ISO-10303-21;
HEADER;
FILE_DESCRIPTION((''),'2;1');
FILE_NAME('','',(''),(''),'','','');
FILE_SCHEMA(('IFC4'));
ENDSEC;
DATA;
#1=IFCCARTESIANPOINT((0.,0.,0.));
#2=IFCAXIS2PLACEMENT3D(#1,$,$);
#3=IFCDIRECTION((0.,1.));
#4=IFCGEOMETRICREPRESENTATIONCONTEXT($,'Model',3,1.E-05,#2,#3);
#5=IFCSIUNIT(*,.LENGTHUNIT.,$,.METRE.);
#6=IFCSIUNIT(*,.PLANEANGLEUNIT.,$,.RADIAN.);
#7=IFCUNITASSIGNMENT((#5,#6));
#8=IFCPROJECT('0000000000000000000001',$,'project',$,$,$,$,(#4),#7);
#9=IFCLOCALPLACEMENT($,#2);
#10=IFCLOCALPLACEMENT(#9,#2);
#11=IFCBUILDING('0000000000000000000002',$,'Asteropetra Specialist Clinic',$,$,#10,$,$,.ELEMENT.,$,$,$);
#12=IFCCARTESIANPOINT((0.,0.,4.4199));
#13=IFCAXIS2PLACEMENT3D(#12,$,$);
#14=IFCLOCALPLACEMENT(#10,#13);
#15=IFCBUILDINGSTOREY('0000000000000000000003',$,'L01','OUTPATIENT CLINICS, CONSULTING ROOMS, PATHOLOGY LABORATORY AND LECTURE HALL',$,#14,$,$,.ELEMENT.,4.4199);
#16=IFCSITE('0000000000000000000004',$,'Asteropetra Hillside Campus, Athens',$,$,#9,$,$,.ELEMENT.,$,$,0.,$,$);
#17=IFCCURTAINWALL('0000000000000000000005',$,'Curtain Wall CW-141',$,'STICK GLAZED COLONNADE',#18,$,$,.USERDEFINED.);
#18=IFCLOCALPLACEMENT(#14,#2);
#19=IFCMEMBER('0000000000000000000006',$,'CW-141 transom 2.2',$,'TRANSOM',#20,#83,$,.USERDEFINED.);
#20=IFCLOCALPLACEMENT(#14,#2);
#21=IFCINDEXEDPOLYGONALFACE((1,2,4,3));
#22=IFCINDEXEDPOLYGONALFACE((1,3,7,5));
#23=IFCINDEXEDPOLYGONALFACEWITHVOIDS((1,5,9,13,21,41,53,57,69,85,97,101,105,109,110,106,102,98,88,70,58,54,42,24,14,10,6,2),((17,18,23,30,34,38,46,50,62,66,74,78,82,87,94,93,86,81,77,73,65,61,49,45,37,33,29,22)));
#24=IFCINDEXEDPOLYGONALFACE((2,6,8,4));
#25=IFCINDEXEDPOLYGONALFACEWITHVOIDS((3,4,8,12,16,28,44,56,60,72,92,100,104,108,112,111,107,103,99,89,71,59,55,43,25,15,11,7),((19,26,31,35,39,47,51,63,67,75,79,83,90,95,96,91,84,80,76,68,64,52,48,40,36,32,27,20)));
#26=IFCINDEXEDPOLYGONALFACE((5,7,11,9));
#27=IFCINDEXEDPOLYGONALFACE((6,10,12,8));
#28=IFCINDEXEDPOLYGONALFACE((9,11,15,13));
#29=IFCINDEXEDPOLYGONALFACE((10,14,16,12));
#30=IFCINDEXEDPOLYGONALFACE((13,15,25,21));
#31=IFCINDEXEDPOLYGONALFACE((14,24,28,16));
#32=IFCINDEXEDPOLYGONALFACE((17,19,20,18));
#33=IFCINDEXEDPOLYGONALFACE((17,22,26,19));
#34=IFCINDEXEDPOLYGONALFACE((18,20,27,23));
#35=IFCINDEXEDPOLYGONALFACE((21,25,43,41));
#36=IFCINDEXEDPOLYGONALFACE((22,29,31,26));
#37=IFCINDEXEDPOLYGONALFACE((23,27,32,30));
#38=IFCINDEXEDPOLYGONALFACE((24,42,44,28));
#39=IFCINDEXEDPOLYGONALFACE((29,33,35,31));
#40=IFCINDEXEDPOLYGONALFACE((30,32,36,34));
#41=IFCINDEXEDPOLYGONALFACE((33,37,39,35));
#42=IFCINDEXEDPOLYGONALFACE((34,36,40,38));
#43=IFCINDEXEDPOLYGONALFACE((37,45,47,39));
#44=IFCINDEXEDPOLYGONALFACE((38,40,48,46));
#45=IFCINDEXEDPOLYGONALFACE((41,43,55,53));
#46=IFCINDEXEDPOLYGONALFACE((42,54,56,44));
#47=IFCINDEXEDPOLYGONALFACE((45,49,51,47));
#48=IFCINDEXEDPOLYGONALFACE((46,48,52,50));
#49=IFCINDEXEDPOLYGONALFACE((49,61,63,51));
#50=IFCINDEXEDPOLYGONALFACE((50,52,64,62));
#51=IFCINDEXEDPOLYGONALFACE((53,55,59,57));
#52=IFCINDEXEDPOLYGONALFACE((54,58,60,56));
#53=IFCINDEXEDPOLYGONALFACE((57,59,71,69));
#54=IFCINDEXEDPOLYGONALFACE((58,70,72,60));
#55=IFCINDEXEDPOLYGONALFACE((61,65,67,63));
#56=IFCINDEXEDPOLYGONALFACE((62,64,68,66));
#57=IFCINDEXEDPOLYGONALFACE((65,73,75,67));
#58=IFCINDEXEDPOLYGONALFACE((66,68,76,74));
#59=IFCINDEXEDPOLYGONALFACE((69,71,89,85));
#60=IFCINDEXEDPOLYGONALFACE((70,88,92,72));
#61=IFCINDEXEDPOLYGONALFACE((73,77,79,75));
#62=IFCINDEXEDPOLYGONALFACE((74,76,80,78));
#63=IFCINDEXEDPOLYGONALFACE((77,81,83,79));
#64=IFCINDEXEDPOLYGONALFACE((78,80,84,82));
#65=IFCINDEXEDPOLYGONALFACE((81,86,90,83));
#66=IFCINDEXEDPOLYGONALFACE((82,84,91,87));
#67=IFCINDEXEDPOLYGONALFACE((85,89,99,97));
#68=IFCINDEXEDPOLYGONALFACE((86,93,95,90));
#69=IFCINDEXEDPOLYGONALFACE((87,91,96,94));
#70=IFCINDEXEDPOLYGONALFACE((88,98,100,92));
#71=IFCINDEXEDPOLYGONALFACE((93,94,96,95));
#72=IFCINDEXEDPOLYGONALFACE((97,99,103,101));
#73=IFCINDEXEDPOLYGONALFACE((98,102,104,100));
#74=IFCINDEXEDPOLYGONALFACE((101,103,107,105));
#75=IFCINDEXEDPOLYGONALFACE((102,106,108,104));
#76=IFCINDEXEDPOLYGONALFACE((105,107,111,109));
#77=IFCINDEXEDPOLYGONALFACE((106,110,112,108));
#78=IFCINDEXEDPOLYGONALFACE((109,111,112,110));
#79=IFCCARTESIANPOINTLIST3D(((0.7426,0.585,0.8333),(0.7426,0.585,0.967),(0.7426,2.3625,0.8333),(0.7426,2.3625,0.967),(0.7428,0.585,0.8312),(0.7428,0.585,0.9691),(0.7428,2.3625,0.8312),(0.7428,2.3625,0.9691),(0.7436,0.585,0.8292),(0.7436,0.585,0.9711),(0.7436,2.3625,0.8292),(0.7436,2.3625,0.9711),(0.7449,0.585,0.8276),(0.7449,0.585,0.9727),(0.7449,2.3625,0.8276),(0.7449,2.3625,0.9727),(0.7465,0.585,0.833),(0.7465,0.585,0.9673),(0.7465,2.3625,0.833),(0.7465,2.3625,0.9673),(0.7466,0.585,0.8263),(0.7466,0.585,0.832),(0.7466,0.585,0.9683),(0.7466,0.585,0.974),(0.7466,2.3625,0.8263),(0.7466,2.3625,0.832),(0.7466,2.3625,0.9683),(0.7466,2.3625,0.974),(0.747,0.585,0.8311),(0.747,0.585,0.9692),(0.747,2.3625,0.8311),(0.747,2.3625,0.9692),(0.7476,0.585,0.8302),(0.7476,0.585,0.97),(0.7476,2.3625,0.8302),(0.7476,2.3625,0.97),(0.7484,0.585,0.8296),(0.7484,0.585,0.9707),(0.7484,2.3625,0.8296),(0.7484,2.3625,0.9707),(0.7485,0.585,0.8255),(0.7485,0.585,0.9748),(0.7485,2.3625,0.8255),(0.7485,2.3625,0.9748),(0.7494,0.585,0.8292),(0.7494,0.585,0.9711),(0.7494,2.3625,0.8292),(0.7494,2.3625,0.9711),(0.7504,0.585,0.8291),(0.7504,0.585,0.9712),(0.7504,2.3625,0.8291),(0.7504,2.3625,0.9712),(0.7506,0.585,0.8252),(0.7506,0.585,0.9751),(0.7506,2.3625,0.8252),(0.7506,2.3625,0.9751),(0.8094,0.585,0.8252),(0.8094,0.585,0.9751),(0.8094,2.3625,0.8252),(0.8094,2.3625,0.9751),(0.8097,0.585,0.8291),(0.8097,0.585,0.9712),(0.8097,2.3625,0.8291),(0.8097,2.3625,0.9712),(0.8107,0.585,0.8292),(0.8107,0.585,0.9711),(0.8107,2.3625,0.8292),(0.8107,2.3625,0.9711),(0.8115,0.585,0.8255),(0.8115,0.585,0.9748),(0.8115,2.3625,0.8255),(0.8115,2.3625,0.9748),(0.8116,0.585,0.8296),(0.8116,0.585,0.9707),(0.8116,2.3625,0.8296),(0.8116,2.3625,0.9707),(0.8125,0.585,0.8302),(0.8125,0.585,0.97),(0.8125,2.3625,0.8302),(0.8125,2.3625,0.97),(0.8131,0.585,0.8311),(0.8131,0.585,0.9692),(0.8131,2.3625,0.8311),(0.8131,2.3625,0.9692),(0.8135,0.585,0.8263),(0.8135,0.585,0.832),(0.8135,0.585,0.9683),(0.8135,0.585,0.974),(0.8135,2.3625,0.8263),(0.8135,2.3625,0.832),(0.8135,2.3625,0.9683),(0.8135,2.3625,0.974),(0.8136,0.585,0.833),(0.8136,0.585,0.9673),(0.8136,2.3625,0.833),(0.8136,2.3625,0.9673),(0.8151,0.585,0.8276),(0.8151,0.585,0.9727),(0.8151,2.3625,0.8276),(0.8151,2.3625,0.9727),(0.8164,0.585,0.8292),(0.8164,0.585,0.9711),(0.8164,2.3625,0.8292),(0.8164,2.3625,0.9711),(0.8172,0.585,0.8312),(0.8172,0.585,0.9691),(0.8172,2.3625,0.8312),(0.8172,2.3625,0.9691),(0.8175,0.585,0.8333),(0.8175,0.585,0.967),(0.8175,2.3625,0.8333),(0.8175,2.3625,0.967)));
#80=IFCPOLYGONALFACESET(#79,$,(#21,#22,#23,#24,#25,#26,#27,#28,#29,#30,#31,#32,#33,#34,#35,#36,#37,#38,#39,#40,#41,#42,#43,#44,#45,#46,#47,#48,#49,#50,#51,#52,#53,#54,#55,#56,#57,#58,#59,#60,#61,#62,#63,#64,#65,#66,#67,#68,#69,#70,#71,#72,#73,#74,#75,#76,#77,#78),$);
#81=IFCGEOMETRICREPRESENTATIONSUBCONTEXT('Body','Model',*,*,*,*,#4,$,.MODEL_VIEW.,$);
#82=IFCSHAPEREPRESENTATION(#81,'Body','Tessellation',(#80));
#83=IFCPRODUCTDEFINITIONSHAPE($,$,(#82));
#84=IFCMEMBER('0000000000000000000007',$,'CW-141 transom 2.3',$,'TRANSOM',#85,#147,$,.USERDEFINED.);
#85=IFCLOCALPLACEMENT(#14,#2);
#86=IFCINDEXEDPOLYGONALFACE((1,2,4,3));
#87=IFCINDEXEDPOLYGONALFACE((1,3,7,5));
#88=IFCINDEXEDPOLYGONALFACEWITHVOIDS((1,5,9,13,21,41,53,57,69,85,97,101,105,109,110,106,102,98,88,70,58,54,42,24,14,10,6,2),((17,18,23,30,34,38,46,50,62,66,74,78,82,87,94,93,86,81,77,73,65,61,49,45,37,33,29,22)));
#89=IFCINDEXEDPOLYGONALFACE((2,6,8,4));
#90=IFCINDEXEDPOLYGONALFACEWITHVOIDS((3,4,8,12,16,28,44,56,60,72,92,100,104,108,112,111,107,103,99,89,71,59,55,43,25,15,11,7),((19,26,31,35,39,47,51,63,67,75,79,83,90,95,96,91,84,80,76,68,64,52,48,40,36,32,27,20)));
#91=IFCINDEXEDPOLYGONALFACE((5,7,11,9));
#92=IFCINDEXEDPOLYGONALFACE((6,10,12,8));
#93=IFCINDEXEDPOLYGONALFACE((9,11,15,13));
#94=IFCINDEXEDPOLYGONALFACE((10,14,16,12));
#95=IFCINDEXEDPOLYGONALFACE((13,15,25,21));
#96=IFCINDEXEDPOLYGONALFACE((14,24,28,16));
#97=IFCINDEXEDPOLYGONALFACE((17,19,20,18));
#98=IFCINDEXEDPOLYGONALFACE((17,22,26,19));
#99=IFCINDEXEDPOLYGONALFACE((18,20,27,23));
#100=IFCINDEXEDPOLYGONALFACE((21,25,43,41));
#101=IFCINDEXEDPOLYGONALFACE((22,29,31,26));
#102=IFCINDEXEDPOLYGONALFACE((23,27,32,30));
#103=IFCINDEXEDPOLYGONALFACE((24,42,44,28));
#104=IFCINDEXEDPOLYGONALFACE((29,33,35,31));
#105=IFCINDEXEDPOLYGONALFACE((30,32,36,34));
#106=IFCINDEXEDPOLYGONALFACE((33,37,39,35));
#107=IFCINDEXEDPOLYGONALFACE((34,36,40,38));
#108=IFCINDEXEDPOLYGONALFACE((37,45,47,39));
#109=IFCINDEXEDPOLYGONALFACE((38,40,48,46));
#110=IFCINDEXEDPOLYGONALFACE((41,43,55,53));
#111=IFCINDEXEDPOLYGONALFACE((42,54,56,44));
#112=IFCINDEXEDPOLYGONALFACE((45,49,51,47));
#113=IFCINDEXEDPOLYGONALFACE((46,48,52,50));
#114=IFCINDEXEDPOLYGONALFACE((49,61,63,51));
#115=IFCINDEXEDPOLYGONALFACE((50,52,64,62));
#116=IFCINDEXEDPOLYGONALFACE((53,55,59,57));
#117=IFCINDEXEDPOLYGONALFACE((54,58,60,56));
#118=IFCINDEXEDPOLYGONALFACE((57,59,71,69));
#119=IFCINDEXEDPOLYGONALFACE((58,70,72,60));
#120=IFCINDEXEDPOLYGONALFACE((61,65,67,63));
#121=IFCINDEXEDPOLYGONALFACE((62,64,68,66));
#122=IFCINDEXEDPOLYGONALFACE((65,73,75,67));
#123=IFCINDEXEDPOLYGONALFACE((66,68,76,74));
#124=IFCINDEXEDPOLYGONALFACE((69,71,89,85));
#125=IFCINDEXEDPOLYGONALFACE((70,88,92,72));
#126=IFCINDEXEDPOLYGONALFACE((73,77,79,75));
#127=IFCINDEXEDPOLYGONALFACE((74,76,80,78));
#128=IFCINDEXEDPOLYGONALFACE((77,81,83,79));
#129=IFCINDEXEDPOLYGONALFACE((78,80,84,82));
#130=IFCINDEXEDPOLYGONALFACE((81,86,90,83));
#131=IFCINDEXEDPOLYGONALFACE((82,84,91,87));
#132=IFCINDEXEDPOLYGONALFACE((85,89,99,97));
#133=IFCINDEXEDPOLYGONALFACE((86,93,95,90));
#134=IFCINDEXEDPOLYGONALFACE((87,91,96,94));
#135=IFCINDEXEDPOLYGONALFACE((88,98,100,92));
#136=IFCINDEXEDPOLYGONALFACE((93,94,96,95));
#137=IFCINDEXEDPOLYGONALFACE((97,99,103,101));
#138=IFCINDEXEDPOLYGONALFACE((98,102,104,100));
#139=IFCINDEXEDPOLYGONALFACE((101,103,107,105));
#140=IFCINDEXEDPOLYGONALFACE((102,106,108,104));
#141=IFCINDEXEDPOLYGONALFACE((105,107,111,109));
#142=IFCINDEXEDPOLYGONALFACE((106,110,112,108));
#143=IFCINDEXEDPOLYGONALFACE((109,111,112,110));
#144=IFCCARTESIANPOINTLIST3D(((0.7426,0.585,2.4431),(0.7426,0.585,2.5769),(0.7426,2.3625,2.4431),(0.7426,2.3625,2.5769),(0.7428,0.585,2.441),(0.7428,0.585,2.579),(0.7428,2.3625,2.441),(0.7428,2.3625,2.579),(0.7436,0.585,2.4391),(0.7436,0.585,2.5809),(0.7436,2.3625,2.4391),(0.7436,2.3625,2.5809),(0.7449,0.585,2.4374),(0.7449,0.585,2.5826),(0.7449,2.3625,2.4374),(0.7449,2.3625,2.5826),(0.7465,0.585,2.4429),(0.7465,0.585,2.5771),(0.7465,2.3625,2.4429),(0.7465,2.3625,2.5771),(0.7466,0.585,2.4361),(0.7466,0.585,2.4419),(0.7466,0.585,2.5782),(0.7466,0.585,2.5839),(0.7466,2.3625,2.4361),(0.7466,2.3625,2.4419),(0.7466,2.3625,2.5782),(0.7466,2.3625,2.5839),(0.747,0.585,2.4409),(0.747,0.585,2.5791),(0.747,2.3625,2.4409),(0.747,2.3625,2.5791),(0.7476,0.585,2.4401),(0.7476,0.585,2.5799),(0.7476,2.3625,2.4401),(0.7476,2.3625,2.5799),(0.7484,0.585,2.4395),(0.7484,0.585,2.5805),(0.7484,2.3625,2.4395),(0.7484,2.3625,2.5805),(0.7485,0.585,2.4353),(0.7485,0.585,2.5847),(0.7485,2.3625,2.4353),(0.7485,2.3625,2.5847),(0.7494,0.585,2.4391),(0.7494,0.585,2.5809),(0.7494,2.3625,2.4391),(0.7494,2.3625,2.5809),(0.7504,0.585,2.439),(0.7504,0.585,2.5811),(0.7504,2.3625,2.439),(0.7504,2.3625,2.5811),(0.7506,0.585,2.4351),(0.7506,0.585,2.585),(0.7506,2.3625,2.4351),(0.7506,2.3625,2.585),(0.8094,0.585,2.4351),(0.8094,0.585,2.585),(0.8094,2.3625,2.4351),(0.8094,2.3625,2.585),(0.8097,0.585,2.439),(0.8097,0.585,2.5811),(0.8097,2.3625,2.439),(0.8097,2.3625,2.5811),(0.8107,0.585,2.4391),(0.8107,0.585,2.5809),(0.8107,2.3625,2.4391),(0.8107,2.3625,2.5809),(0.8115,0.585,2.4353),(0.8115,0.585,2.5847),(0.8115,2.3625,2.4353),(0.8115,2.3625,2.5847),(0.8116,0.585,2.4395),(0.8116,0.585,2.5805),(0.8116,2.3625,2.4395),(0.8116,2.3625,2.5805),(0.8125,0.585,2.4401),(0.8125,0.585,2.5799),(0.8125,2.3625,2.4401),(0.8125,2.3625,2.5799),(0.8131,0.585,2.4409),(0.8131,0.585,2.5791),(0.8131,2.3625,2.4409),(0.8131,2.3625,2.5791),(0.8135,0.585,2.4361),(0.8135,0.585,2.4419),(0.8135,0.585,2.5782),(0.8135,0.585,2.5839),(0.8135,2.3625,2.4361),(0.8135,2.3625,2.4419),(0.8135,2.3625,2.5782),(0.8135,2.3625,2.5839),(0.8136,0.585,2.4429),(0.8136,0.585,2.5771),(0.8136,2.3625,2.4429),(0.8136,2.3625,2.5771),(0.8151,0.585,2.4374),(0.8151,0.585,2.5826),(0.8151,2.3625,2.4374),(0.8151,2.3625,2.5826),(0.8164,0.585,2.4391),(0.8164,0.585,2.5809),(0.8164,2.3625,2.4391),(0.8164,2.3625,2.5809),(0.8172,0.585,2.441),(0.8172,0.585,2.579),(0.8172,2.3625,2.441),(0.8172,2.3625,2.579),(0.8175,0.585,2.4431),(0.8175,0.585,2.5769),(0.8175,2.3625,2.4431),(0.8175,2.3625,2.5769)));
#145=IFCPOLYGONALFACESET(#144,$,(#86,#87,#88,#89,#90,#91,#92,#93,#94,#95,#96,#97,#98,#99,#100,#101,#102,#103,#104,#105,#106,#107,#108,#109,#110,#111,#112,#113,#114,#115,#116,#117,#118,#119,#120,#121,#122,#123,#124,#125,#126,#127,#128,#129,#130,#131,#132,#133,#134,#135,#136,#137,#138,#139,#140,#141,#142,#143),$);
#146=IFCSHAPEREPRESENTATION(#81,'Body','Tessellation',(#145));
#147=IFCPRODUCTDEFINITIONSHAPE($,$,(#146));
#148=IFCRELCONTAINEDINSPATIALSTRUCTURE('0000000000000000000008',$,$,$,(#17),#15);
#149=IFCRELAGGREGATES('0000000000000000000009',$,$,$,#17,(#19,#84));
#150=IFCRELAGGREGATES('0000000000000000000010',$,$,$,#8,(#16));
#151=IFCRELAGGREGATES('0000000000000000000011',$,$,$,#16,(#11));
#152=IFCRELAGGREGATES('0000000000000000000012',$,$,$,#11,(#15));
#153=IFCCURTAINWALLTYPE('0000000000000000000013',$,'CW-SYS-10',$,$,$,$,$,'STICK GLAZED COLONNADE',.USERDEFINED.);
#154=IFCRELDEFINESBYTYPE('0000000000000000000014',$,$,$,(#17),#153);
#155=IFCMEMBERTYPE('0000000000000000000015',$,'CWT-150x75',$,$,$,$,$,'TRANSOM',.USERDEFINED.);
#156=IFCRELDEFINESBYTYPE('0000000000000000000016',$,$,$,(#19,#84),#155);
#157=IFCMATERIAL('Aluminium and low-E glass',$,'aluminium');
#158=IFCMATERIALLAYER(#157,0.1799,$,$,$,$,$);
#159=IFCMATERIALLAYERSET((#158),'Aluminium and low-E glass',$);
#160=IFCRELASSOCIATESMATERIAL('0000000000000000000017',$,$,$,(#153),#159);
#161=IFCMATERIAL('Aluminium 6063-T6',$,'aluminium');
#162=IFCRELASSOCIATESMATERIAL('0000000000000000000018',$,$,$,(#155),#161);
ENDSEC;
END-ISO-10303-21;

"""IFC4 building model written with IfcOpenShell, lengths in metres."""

from ifc_helpers import new_model, si_unit, direction, frame, origin, origin_2d, place, context, subcontext, project, spatial, hollow_rectangle, extrude, material, layer, layer_set, material_profile, profile_set, type_object, element, aggregate, save


model = new_model("IFC4")

# Units and contexts
model_context = context("Model", 3, precision=1e-05, world=origin(), true_north=direction((0.0, 1.0)))
body_context = subcontext(model_context, "Body", "Model", "MODEL_VIEW")
ifc_project = project(units=[si_unit("LENGTHUNIT", "METRE"), si_unit("PLANEANGLEUNIT", "RADIAN")], contexts=[model_context])

# Site, building, storey
site_placement = place(None, origin())
site = spatial("IfcSite", under=ifc_project, at=site_placement, Name="Asteropetra Hillside Campus, Athens", CompositionType="ELEMENT", RefElevation=0.0)
building_placement = place(site_placement, origin())
building = spatial("IfcBuilding", under=site, at=building_placement, Name="Asteropetra Specialist Clinic", CompositionType="ELEMENT")
storey_placement = place(building_placement, frame((0.0, 0.0, 4.4199)))
storey = spatial("IfcBuildingStorey", under=building, at=storey_placement, Name="L01", Description="OUTPATIENT CLINICS, CONSULTING ROOMS, PATHOLOGY LABORATORY AND LECTURE HALL", CompositionType="ELEMENT", Elevation=4.4199)

# Curtain wall
ifc_material_1 = material(Name="Aluminium and low-E glass", Category="aluminium")
ifc_layer_1 = layer(ifc_material_1, 0.1799)
ifc_layer_set_1 = layer_set([ifc_layer_1], Name="Aluminium and low-E glass")
curtain_wall_type_1 = type_object("IfcCurtainWallType", Name="CW-SYS-10", ElementType="STICK GLAZED COLONNADE", PredefinedType="USERDEFINED", material=ifc_layer_set_1)
curtain_wall_1_placement = place(storey_placement, origin())
curtain_wall_1 = element("IfcCurtainWall", 1, at=curtain_wall_1_placement, inside=storey, type_object=curtain_wall_type_1, Name="Curtain Wall CW-141", ObjectType="STICK GLAZED COLONNADE", PredefinedType="USERDEFINED")

# Members
ifc_material_2 = material(Name="Aluminium 6063-T6", Category="aluminium")
ifc_material_profile_1 = material_profile(ifc_material_2, hollow_rectangle(XDim=0.075, YDim=0.1499, WallThickness=0.0039, InnerFilletRadius=0.0039, OuterFilletRadius=0.0081, at=origin_2d()), Name="TRN 150x75x4.0")
ifc_profile_set_1 = profile_set([ifc_material_profile_1], Name="Aluminium 6063-T6")
member_type_1 = type_object("IfcMemberType", Name="CWT-150x75", ElementType="TRANSOM", PredefinedType="USERDEFINED", material=ifc_profile_set_1)
member_1_placement = place(storey_placement, frame((0.78, 2.3625, 0.9001), z_axis=(0.0, -1.0, 0.0), x_axis=(1.0, 0.0, 0.0)))
member_1 = element("IfcMember", 2, at=member_1_placement, type_object=member_type_1, Name="CW-141 transom 2.2", ObjectType="TRANSOM", PredefinedType="USERDEFINED", context=body_context, shape_type="SweptSolid", body=[
    extrude(hollow_rectangle(XDim=0.075, YDim=0.1499, WallThickness=0.0039, InnerFilletRadius=0.0039, OuterFilletRadius=0.0081, at=origin_2d()), origin(), (0.0, 0.0, 1.0), 1.7776),
])
member_2_placement = place(storey_placement, frame((0.78, 2.3625, 2.51), z_axis=(0.0, -1.0, 0.0), x_axis=(1.0, 0.0, 0.0)))
member_2 = element("IfcMember", 3, at=member_2_placement, type_object=member_type_1, Name="CW-141 transom 2.3", ObjectType="TRANSOM", PredefinedType="USERDEFINED", context=body_context, shape_type="SweptSolid", body=[
    extrude(hollow_rectangle(XDim=0.075, YDim=0.1499, WallThickness=0.0039, InnerFilletRadius=0.0039, OuterFilletRadius=0.0081, at=origin_2d()), origin(), (0.0, 0.0, 1.0), 1.7776),
])

aggregate(curtain_wall_1, [member_1, member_2])

save(model, "model.ifc")
